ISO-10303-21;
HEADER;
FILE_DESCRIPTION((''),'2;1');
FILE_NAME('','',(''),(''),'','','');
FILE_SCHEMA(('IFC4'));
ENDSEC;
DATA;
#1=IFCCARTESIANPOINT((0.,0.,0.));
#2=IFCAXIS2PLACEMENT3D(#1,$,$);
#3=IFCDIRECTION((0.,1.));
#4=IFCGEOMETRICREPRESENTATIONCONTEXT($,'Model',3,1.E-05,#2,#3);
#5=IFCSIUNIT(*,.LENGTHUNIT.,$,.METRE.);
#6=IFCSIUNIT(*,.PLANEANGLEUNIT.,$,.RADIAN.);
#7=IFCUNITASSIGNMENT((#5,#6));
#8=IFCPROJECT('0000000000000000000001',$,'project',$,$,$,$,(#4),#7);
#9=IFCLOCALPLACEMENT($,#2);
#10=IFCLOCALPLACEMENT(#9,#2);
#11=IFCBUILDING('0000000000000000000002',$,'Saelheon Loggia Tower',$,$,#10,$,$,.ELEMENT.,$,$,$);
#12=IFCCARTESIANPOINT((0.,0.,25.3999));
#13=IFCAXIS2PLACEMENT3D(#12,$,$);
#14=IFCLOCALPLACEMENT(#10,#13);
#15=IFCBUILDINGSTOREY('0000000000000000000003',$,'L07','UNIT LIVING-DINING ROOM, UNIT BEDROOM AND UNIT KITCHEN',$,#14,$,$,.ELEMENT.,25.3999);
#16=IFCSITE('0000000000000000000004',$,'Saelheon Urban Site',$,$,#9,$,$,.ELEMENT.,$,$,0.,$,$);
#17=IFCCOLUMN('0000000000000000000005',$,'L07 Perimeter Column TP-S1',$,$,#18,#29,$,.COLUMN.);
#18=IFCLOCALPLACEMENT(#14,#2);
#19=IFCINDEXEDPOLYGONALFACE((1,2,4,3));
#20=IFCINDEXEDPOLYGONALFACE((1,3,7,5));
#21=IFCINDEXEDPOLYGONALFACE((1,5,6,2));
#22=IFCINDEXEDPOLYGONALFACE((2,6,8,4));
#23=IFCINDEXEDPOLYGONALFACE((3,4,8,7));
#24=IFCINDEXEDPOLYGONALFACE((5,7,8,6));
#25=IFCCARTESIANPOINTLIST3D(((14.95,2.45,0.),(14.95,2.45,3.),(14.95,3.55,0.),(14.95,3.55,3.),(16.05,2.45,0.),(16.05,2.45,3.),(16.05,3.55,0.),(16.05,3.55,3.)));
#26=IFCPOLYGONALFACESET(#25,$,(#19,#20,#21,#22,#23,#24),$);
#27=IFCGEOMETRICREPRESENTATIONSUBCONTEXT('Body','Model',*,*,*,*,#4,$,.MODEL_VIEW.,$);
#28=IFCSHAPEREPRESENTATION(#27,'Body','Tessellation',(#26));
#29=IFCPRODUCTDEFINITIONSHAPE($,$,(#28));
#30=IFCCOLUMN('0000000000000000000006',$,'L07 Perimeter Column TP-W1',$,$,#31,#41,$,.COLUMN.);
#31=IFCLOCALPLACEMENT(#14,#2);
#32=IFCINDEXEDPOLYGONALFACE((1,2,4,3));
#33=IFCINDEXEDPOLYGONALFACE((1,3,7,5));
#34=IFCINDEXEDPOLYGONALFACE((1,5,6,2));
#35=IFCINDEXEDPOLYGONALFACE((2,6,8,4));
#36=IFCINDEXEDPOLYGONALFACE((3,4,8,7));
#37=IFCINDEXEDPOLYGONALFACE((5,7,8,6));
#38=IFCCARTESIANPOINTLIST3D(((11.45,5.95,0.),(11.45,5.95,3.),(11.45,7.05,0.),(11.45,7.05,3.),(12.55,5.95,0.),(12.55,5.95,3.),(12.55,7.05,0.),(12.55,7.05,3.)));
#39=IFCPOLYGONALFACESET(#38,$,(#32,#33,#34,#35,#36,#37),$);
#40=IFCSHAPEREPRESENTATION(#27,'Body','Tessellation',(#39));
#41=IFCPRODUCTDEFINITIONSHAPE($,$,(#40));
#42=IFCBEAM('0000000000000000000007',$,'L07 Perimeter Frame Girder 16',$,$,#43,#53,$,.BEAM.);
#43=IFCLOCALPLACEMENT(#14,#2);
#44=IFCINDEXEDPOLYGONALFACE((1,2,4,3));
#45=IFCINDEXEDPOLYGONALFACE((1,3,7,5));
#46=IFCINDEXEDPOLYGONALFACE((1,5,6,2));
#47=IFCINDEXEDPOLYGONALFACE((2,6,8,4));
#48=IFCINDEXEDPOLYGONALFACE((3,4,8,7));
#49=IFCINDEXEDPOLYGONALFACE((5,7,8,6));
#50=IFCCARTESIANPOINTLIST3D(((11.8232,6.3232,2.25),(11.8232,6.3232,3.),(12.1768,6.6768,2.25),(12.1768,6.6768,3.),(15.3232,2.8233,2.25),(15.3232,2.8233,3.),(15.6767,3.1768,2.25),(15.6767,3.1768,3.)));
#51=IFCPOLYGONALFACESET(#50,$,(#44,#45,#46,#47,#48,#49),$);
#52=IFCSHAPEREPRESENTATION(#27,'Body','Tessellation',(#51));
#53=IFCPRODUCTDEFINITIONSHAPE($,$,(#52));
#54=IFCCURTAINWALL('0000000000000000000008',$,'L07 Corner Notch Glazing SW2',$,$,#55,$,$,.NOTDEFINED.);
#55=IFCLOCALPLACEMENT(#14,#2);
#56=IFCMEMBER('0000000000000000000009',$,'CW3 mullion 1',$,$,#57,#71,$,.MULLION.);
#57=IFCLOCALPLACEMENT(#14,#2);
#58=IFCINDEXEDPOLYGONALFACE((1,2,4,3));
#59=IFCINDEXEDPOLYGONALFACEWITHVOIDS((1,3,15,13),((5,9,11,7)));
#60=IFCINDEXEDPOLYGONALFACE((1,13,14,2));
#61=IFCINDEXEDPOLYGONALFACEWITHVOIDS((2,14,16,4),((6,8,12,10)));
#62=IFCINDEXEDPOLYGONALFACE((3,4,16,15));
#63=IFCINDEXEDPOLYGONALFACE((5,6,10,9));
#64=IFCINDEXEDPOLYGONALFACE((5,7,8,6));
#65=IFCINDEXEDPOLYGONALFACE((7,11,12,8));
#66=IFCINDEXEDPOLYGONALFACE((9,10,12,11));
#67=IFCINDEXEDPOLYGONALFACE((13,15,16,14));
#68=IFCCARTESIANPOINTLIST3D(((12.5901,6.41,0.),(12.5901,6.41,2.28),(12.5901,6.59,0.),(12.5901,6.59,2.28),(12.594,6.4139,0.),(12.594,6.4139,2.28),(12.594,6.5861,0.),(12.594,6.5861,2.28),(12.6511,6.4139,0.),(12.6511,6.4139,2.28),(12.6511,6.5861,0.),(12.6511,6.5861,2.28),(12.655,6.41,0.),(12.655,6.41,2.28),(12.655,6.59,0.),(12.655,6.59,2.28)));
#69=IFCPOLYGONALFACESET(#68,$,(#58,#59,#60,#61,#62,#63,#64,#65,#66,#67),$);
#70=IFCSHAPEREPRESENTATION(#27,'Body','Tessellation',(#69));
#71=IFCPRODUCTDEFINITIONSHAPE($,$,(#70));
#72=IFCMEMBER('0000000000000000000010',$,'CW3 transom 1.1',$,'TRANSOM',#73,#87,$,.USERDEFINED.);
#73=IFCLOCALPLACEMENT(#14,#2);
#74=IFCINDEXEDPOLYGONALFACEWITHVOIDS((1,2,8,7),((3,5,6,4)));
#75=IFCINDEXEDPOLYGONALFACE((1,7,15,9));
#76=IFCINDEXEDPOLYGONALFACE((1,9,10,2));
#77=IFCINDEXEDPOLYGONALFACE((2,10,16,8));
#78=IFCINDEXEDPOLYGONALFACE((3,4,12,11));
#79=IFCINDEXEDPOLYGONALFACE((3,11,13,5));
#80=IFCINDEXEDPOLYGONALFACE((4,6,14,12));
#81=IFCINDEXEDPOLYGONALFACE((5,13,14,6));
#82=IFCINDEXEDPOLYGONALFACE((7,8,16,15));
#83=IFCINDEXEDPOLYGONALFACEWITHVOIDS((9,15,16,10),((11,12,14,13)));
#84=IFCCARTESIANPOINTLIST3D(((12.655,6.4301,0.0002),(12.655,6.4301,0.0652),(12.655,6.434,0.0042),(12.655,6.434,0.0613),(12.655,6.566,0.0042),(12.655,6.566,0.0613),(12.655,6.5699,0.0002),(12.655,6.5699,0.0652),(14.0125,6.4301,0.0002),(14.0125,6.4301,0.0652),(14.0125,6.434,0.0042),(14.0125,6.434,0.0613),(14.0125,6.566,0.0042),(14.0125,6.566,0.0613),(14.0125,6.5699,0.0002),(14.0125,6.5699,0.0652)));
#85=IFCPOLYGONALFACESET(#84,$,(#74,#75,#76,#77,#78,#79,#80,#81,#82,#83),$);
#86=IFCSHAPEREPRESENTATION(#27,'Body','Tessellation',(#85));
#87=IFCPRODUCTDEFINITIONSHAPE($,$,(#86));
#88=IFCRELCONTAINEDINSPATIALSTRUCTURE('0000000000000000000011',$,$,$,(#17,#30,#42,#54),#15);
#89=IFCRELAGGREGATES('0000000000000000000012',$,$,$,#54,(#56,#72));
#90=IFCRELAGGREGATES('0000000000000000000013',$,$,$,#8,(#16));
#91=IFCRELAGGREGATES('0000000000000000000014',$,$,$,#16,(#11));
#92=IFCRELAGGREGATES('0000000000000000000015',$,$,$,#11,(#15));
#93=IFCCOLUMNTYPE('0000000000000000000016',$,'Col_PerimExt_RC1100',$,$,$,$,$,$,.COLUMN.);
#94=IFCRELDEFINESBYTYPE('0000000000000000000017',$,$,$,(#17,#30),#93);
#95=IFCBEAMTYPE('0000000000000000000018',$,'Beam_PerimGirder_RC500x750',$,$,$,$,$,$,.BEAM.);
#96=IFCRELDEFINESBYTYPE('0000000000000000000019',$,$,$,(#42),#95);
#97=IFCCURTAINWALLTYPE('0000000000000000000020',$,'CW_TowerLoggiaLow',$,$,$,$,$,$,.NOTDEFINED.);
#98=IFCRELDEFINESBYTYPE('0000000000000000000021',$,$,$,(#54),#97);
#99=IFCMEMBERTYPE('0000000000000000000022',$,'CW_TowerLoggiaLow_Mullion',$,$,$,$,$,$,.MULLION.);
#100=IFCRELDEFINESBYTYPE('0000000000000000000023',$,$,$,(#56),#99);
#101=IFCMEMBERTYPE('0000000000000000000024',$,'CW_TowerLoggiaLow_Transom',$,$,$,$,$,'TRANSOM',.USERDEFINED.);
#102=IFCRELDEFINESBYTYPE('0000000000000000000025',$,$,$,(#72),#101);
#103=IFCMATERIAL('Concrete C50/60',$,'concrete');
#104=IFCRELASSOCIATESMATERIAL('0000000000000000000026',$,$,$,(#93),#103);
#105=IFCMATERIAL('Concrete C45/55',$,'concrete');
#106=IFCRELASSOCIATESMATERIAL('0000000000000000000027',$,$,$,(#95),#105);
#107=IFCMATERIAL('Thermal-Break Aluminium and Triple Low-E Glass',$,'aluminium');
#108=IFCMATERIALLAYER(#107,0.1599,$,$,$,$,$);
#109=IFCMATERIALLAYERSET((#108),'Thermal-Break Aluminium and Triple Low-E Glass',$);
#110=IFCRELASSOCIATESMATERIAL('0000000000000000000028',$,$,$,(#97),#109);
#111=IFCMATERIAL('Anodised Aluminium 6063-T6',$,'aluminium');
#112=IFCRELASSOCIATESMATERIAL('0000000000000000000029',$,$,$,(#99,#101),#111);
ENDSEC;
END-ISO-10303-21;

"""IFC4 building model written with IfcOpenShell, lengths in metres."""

from ifc_helpers import new_model, si_unit, direction, frame, origin, origin_2d, place, context, subcontext, project, spatial, rectangle, hollow_rectangle, extrude, source, transform, mapped, material, layer, layer_set, material_profile, profile_set, type_object, element, aggregate, save


model = new_model("IFC4")

# Units and contexts
model_context = context("Model", 3, precision=1e-05, world=origin(), true_north=direction((0.0, 1.0)))
body_context = subcontext(model_context, "Body", "Model", "MODEL_VIEW")
ifc_project = project(units=[si_unit("LENGTHUNIT", "METRE"), si_unit("PLANEANGLEUNIT", "RADIAN")], contexts=[model_context])

# Site, building, storey
site_placement = place(None, origin())
site = spatial("IfcSite", under=ifc_project, at=site_placement, Name="Saelheon Urban Site", CompositionType="ELEMENT", RefElevation=0.0)
building_placement = place(site_placement, origin())
building = spatial("IfcBuilding", under=site, at=building_placement, Name="Saelheon Loggia Tower", CompositionType="ELEMENT")
storey_placement = place(building_placement, frame((0.0, 0.0, 25.3999)))
storey = spatial("IfcBuildingStorey", under=building, at=storey_placement, Name="L07", Description="UNIT LIVING-DINING ROOM, UNIT BEDROOM AND UNIT KITCHEN", CompositionType="ELEMENT", Elevation=25.3999)

# Columns
ifc_material_1 = material(Name="Concrete C50/60", Category="concrete")
ifc_material_profile_1 = material_profile(ifc_material_1, rectangle(XDim=1.1001, YDim=1.1001, at=origin_2d()), Name="RC-1100x1100")
ifc_profile_set_1 = profile_set([ifc_material_profile_1], Name="Concrete C50/60")
column_type = type_object("IfcColumnType", Name="Col_PerimExt_RC1100", PredefinedType="COLUMN", material=ifc_profile_set_1)
shared_shape_1 = source(origin(), body_context, "Body", "SweptSolid", [
    extrude(rectangle(XDim=1.1001, YDim=1.1001, at=origin_2d()), origin(), (0.0, 0.0, 1.0), 3.0),
])
for number, where, z_axis, x_axis, name in (
    (1, (15.5, 3.0, 0.0), (0.0, 0.0, 1.0), (1.0, 0.0, 0.0), "L07 Perimeter Column TP-S1"),
    (2, (12.0, 6.5, 0.0), (0.0, 0.0, 1.0), (1.0, 0.0, 0.0), "L07 Perimeter Column TP-W1"),
):
    element("IfcColumn", number, at=place(storey_placement, frame(where, z_axis=z_axis, x_axis=x_axis)), inside=storey, type_object=column_type, Name=name, PredefinedType="COLUMN", context=body_context, shape_type="MappedRepresentation", body=[
        mapped(shared_shape_1, transform((0.0, 0.0, 0.0), scale=1.0)),
    ])

# Beam
ifc_material_2 = material(Name="Concrete C45/55", Category="concrete")
ifc_material_profile_2 = material_profile(ifc_material_2, rectangle(XDim=0.5, YDim=0.75, at=origin_2d()), Name="RC-500x750")
ifc_profile_set_2 = profile_set([ifc_material_profile_2], Name="Concrete C45/55")
beam_type = type_object("IfcBeamType", Name="Beam_PerimGirder_RC500x750", PredefinedType="BEAM", material=ifc_profile_set_2)
shared_shape_2 = source(origin(), body_context, "Body", "SweptSolid", [
    extrude(rectangle(XDim=0.5, YDim=0.75, at=origin_2d()), origin(), (0.0, 0.0, 1.0), 4.9497),
])
beam_placement = place(storey_placement, frame((12.0, 6.5, 2.625), z_axis=(0.707107, -0.707107, 0.0), x_axis=(0.707107, 0.707107, 0.0)))
element("IfcBeam", 3, at=beam_placement, inside=storey, type_object=beam_type, Name="L07 Perimeter Frame Girder 16", PredefinedType="BEAM", context=body_context, shape_type="MappedRepresentation", body=[
    mapped(shared_shape_2, transform((0.0, 0.0, 0.0), scale=1.0)),
])

# Curtain wall, members
ifc_material_3 = material(Name="Thermal-Break Aluminium and Triple Low-E Glass", Category="aluminium")
ifc_layer_1 = layer(ifc_material_3, 0.1599)
ifc_layer_set_1 = layer_set([ifc_layer_1], Name="Thermal-Break Aluminium and Triple Low-E Glass")
curtain_wall_type = type_object("IfcCurtainWallType", Name="CW_TowerLoggiaLow", PredefinedType="NOTDEFINED", material=ifc_layer_set_1)
curtain_wall_placement = place(storey_placement, origin())
curtain_wall = element("IfcCurtainWall", 4, at=curtain_wall_placement, inside=storey, type_object=curtain_wall_type, Name="L07 Corner Notch Glazing SW2", PredefinedType="NOTDEFINED")
ifc_material_4 = material(Name="Anodised Aluminium 6063-T6", Category="aluminium")
ifc_material_profile_3 = material_profile(ifc_material_4, hollow_rectangle(XDim=0.0649, YDim=0.1799, WallThickness=0.0039, at=origin_2d()), Name="RHS-180x65x4")
ifc_profile_set_3 = profile_set([ifc_material_profile_3], Name="Anodised Aluminium 6063-T6")
member_type_1 = type_object("IfcMemberType", Name="CW_TowerLoggiaLow_Mullion", PredefinedType="MULLION", material=ifc_profile_set_3)
shared_shape_3 = source(origin(), body_context, "Body", "SweptSolid", [
    extrude(hollow_rectangle(XDim=0.0649, YDim=0.1799, WallThickness=0.0039, at=origin_2d()), origin(), (0.0, 0.0, 1.0), 2.28),
])
member_1_placement = place(storey_placement, frame((12.6226, 6.5, 0.0), z_axis=(0.0, 0.0, 1.0), x_axis=(1.0, 0.0, 0.0)))
member_1 = element("IfcMember", 5, at=member_1_placement, type_object=member_type_1, Name="CW3 mullion 1", PredefinedType="MULLION", context=body_context, shape_type="MappedRepresentation", body=[
    mapped(shared_shape_3, transform((0.0, 0.0, 0.0), scale=1.0)),
])
ifc_material_profile_4 = material_profile(ifc_material_4, hollow_rectangle(XDim=0.0649, YDim=0.1399, WallThickness=0.0039, at=origin_2d()), Name="RHS-140x65x4")
ifc_profile_set_4 = profile_set([ifc_material_profile_4], Name="Anodised Aluminium 6063-T6")
member_type_2 = type_object("IfcMemberType", Name="CW_TowerLoggiaLow_Transom", ElementType="TRANSOM", PredefinedType="USERDEFINED", material=ifc_profile_set_4)
shared_shape_4 = source(origin(), body_context, "Body", "SweptSolid", [
    extrude(hollow_rectangle(XDim=0.0649, YDim=0.1399, WallThickness=0.0039, at=origin_2d()), origin(), (0.0, 0.0, 1.0), 1.3574),
])
member_2_placement = place(storey_placement, frame((12.655, 6.5, 0.0327), z_axis=(1.0, 0.0, 0.0), x_axis=(0.0, 0.0, 1.0)))
member_2 = element("IfcMember", 6, at=member_2_placement, type_object=member_type_2, Name="CW3 transom 1.1", ObjectType="TRANSOM", PredefinedType="USERDEFINED", context=body_context, shape_type="MappedRepresentation", body=[
    mapped(shared_shape_4, transform((0.0, 0.0, 0.0), scale=1.0)),
])
aggregate(curtain_wall, [member_1, member_2])

save(model, "model.ifc")
